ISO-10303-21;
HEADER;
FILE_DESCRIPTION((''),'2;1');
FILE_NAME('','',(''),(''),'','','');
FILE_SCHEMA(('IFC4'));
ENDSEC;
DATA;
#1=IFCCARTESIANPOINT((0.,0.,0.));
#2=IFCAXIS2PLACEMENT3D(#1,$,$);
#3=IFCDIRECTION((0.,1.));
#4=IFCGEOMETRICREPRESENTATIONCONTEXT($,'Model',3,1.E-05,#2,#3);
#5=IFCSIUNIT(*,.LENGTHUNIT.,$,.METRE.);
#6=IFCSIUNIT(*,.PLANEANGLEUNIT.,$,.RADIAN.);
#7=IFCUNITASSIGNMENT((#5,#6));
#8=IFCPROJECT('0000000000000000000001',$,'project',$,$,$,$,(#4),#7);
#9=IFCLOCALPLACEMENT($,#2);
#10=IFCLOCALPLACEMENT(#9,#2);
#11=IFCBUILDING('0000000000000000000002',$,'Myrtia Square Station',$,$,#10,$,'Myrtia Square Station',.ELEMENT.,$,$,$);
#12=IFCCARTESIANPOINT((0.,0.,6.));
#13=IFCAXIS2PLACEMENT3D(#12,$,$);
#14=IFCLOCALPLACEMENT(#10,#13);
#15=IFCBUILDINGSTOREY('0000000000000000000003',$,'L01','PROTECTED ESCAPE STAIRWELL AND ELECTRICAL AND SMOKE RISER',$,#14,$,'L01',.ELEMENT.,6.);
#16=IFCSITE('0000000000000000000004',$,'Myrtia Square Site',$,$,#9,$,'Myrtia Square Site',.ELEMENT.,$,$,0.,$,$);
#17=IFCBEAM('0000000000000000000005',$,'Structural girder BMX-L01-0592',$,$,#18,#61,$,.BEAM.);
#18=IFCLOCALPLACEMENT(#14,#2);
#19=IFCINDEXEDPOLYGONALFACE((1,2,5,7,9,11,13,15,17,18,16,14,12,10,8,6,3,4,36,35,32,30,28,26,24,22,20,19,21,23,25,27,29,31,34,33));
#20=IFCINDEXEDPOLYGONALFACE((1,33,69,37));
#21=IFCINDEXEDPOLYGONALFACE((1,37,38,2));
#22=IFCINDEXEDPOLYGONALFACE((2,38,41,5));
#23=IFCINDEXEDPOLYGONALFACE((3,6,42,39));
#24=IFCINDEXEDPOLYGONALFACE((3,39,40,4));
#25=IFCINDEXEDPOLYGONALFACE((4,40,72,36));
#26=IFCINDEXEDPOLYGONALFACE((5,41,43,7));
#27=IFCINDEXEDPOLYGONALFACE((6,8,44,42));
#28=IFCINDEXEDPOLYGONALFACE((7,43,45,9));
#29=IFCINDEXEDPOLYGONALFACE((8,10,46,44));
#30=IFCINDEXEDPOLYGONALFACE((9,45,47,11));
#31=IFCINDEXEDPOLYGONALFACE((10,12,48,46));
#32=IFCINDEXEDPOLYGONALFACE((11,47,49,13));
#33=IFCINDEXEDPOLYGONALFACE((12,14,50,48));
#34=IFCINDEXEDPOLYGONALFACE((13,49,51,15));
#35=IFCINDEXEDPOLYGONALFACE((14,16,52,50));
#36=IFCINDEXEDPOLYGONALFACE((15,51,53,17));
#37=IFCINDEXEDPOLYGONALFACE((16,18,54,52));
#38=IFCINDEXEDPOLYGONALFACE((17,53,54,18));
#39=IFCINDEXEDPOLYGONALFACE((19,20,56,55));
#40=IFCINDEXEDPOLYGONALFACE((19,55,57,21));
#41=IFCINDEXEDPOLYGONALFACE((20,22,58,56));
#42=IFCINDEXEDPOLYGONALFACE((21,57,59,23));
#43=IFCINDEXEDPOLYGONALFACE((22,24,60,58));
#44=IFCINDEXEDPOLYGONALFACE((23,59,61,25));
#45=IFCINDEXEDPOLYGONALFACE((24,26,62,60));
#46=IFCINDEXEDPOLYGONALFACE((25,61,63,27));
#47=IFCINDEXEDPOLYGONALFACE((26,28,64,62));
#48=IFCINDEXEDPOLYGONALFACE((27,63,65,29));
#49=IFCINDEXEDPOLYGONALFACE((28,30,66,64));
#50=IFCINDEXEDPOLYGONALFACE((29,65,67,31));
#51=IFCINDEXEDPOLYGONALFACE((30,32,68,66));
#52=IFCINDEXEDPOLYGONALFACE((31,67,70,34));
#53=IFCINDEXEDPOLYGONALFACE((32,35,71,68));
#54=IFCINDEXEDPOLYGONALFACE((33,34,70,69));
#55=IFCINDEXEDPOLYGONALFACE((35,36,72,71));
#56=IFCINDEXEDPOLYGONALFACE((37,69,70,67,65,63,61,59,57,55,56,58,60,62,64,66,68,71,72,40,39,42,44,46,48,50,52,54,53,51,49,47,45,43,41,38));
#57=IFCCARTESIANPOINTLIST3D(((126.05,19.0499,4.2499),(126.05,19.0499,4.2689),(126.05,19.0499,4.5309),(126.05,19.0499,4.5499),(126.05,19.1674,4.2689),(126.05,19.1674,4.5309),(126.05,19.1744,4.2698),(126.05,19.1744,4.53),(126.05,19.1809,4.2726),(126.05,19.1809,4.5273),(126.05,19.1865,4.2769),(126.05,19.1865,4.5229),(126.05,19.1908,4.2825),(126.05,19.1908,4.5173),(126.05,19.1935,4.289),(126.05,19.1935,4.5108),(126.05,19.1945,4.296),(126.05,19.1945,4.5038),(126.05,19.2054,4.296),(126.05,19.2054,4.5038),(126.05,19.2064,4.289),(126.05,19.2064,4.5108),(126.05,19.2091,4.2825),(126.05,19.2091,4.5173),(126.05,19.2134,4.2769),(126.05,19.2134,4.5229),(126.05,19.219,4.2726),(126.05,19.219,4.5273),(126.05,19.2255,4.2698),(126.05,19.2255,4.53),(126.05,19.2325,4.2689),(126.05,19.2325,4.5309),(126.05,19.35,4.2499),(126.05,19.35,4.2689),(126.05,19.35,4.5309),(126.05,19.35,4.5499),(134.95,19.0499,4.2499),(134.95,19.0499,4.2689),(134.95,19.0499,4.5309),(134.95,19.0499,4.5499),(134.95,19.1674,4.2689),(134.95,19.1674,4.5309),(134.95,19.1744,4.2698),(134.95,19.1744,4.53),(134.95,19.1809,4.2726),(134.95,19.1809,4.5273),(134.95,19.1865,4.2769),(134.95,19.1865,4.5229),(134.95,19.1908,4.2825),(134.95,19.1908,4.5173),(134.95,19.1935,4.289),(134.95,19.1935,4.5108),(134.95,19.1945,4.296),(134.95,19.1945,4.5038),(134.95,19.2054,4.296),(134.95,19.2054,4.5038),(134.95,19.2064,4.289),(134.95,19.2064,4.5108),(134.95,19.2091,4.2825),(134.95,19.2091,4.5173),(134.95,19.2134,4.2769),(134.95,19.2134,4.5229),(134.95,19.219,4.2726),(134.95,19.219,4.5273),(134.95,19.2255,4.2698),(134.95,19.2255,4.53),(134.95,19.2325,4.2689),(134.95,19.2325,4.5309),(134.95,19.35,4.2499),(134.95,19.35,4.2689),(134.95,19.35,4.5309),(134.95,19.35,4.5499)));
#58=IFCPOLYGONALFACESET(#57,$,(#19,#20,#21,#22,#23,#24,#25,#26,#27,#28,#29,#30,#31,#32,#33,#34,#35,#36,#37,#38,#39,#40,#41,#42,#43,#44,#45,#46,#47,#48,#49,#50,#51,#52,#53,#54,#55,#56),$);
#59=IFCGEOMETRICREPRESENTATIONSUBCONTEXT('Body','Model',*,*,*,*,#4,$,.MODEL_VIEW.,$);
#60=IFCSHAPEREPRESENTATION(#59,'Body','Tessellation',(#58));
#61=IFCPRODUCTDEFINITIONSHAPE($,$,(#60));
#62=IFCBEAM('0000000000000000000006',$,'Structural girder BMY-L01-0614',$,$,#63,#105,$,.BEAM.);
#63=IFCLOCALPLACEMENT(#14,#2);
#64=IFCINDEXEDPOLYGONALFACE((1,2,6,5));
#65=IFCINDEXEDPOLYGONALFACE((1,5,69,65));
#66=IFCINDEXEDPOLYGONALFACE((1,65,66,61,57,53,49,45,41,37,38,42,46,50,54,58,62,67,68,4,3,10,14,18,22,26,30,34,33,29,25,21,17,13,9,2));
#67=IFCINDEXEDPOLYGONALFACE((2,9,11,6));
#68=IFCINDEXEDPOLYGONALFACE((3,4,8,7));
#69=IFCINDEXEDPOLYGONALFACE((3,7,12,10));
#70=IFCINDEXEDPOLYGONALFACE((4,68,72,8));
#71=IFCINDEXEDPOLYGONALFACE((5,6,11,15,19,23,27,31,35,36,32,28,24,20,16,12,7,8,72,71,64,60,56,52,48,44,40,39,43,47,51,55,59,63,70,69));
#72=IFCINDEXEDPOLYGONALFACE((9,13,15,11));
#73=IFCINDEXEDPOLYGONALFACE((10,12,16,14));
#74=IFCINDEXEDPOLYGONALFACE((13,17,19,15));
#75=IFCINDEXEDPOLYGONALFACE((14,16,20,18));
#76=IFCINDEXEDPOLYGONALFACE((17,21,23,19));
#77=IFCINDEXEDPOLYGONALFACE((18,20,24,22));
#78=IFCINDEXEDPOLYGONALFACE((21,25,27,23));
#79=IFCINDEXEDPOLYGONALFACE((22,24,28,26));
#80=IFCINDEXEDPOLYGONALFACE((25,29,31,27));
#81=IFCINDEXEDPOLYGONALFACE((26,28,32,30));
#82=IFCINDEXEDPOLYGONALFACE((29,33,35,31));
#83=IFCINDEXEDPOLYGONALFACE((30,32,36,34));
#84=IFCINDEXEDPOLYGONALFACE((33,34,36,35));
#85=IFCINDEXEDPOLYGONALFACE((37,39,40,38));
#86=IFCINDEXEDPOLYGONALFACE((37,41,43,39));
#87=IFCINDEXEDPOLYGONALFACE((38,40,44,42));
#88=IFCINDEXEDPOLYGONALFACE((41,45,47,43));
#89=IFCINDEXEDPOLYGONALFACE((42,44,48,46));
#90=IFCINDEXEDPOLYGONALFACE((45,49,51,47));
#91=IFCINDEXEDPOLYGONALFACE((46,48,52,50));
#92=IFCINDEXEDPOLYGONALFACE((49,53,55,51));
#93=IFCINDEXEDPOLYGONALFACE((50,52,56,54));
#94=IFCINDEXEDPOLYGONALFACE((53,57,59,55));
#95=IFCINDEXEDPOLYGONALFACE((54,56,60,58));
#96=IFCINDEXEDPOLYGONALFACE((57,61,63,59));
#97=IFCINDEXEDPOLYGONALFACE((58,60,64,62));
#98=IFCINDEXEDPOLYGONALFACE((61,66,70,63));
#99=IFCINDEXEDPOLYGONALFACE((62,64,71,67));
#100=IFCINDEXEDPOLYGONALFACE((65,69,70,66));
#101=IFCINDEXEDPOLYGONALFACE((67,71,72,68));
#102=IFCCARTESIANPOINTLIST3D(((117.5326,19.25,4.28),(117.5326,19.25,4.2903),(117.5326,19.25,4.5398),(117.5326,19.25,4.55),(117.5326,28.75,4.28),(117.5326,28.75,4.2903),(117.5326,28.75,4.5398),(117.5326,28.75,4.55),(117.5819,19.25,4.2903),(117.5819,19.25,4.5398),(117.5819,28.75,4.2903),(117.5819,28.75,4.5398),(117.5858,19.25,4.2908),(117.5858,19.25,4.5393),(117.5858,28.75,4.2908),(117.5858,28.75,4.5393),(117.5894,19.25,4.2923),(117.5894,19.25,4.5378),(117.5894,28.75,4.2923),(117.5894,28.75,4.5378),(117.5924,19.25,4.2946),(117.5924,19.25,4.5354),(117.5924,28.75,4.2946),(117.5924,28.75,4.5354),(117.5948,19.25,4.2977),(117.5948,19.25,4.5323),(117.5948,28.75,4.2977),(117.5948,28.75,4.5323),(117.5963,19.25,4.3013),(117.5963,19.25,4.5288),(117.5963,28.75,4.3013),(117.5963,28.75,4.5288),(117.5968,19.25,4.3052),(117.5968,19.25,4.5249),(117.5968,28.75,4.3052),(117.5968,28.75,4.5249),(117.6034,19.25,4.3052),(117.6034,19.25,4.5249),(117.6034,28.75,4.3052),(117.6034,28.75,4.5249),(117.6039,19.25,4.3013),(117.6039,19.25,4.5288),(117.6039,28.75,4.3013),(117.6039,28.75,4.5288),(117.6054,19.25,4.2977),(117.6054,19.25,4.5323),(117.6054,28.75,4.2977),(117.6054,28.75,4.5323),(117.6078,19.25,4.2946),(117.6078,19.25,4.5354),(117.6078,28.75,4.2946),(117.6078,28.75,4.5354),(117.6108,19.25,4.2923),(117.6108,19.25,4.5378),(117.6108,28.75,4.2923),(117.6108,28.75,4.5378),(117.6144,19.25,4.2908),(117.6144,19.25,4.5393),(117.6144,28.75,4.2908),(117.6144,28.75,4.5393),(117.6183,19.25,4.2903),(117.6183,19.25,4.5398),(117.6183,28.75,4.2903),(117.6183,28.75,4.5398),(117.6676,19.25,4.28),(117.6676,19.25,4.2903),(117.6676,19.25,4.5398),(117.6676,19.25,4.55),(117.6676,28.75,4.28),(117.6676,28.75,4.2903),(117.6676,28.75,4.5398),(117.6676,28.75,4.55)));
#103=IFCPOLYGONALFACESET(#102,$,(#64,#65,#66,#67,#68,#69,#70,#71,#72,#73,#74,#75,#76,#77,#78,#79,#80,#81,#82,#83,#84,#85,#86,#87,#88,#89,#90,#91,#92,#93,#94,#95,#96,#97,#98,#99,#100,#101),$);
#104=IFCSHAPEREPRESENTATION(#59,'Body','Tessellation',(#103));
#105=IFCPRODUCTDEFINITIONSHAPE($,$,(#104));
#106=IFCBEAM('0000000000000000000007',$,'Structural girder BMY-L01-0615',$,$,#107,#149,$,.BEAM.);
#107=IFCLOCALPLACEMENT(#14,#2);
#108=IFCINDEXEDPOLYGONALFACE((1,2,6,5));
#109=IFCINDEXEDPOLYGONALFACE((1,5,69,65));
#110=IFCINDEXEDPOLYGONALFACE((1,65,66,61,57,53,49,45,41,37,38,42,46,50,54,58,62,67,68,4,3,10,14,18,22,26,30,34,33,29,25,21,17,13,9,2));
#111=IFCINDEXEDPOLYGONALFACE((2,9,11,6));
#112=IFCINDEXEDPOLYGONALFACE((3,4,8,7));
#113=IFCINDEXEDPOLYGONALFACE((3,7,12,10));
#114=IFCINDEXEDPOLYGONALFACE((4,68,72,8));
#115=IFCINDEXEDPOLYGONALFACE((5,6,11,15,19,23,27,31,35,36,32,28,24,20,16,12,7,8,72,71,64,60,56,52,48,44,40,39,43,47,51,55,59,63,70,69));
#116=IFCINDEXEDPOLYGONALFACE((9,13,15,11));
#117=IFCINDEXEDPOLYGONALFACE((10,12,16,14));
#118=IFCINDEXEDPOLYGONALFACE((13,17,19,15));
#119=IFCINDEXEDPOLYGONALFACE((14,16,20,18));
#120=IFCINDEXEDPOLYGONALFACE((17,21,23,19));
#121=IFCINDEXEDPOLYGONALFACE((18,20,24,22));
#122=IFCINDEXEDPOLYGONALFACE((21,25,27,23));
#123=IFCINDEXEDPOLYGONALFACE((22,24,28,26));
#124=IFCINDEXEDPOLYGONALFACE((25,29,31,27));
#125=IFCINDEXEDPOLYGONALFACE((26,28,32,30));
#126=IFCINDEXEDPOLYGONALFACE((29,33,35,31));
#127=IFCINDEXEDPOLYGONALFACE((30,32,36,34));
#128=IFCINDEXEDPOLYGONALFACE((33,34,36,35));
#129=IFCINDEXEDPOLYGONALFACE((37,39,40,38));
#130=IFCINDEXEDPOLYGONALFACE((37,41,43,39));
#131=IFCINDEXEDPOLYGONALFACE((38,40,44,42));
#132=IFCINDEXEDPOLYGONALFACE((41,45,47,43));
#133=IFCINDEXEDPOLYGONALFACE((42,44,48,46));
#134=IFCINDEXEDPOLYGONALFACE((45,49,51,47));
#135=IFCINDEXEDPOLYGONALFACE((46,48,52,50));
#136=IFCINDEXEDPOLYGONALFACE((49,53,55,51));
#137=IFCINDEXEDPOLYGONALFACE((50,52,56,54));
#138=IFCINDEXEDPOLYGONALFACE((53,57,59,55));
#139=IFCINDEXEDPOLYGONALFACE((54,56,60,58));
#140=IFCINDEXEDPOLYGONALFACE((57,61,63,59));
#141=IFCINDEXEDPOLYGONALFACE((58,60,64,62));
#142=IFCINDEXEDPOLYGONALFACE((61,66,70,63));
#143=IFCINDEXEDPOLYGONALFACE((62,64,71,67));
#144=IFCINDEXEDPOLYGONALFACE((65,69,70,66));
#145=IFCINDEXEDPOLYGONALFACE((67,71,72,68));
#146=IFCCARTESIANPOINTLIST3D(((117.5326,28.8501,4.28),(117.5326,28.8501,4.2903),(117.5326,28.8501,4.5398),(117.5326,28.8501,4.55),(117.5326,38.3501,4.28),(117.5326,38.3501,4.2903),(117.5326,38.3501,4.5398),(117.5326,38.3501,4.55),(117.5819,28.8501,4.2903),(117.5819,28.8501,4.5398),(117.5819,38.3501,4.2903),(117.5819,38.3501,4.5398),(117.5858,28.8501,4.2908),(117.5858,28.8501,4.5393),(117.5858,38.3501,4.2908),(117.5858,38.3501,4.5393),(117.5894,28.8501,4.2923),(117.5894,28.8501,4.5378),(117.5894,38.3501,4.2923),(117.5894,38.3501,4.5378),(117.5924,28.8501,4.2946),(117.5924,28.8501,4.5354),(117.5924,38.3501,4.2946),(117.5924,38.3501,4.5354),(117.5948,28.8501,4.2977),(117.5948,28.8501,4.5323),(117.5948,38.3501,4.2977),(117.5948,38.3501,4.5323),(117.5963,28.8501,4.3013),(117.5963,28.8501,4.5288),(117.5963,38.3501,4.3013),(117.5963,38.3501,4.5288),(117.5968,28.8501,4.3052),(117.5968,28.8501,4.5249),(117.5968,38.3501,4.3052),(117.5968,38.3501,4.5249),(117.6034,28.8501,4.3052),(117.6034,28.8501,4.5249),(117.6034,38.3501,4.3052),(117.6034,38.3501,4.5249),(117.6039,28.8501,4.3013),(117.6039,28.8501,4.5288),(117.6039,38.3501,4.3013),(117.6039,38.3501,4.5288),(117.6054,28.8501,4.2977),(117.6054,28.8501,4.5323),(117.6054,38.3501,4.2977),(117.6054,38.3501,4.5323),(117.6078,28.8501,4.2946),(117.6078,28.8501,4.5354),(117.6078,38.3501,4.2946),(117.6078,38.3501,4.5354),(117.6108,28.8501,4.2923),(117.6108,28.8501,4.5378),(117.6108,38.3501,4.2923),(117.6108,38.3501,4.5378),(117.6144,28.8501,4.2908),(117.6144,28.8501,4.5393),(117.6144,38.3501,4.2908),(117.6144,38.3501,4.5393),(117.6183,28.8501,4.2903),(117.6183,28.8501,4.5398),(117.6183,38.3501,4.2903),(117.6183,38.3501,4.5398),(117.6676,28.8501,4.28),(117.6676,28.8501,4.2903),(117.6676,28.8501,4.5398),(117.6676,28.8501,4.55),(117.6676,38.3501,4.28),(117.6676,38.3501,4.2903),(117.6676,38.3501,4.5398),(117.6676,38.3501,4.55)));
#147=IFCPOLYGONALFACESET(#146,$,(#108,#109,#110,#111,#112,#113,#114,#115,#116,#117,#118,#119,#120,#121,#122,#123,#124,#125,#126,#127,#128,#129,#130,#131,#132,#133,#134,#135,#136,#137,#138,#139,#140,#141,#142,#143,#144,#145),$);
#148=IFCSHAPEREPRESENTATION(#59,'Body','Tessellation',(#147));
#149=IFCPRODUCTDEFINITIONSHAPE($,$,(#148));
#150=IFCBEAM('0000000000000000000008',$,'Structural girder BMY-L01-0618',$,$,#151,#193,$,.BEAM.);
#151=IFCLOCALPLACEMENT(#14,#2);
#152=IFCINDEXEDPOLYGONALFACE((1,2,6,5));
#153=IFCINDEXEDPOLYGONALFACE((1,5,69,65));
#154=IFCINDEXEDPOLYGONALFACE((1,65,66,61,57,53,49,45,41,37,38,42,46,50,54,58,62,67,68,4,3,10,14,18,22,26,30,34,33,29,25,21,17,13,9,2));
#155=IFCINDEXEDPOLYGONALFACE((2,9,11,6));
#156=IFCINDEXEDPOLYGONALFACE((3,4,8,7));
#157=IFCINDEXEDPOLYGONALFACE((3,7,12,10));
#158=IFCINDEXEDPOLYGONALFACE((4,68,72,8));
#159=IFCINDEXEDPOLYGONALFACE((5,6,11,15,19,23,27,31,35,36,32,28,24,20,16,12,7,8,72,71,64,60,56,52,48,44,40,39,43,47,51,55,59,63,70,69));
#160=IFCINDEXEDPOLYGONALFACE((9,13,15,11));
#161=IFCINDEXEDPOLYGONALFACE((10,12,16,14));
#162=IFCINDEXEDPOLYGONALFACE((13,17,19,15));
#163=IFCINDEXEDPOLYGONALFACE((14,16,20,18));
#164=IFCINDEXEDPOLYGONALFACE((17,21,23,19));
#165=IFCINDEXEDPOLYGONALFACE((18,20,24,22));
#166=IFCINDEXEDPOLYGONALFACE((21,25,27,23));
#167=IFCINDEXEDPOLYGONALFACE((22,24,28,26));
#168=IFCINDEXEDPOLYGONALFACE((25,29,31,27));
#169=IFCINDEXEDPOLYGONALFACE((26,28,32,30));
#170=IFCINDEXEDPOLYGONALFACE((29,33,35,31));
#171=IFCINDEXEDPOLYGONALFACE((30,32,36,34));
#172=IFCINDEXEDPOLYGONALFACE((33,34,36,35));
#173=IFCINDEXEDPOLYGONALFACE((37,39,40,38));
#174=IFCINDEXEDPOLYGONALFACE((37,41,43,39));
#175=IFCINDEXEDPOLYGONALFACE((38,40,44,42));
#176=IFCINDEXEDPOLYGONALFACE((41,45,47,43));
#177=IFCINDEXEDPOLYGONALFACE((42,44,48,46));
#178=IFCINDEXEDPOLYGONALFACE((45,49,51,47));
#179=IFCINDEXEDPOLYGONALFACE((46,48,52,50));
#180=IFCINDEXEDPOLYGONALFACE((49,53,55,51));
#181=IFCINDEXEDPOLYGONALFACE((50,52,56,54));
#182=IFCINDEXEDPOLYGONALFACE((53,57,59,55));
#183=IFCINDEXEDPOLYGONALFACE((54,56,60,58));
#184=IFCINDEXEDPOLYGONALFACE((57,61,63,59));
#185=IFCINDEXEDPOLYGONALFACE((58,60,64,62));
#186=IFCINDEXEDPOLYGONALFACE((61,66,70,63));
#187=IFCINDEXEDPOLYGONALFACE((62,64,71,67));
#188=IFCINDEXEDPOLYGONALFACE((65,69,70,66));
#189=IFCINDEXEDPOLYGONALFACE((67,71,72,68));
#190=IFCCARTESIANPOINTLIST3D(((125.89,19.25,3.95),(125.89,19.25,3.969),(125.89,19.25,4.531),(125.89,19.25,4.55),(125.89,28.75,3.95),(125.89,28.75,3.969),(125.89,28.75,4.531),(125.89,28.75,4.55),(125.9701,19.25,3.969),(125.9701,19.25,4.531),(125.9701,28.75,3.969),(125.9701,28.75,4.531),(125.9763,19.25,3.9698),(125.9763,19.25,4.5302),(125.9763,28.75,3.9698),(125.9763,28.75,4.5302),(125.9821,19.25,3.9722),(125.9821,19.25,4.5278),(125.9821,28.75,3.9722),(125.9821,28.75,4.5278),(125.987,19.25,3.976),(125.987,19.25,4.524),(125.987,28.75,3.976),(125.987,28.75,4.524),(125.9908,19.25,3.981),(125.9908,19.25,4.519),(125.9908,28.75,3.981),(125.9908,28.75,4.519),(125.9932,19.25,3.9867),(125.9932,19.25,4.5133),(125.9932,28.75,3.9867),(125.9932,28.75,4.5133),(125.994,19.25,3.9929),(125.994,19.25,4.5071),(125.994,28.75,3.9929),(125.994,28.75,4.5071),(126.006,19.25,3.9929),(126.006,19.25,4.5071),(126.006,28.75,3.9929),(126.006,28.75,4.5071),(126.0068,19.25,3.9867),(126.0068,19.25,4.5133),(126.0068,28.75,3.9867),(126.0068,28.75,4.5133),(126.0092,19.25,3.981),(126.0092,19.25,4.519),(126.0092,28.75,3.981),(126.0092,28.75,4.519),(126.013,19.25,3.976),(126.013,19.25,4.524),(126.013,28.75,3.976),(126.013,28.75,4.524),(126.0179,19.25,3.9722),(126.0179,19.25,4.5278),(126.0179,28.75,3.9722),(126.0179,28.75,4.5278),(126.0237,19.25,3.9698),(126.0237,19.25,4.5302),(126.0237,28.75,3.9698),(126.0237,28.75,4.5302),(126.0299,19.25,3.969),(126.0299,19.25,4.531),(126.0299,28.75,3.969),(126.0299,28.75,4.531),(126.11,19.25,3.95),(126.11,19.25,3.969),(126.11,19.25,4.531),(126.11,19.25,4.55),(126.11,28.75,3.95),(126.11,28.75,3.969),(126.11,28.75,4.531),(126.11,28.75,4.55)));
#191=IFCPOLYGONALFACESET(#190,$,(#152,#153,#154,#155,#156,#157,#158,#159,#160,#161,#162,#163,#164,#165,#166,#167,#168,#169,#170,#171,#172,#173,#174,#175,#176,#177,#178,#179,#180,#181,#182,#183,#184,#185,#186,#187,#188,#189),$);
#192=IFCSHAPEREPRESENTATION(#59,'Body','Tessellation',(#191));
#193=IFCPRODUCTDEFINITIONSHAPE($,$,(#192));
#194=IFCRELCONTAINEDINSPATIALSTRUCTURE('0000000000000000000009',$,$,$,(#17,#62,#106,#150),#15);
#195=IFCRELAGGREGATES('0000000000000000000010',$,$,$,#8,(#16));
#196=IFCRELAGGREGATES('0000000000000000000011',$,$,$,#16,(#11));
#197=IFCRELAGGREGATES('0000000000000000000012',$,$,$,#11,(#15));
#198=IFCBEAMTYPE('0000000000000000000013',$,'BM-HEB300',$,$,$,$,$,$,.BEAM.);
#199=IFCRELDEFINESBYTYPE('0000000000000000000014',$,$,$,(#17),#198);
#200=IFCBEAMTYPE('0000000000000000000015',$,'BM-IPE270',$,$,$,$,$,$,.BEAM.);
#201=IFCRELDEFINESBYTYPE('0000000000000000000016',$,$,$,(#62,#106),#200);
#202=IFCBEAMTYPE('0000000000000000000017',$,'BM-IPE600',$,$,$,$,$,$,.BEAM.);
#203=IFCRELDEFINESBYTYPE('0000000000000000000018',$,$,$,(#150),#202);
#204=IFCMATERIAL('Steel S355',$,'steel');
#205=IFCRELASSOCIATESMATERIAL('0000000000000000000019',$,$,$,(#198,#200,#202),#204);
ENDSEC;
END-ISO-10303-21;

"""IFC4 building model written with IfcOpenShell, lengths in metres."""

from ifc_helpers import new_model, si_unit, direction, frame, origin, origin_2d, place, context, subcontext, project, spatial, i_section, extrude, material, material_profile, profile_set, type_object, element, save


model = new_model("IFC4")

# Units and contexts
model_context = context("Model", 3, precision=1e-05, world=origin(), true_north=direction((0.0, 1.0)))
body_context = subcontext(model_context, "Body", "Model", "MODEL_VIEW")
ifc_project = project(units=[si_unit("LENGTHUNIT", "METRE"), si_unit("PLANEANGLEUNIT", "RADIAN")], contexts=[model_context])

# Site, building, storey
site_placement = place(None, origin())
site = spatial("IfcSite", under=ifc_project, at=site_placement, Name="Myrtia Square Site", LongName="Myrtia Square Site", CompositionType="ELEMENT", RefElevation=0.0)
building_placement = place(site_placement, origin())
building = spatial("IfcBuilding", under=site, at=building_placement, Name="Myrtia Square Station", LongName="Myrtia Square Station", CompositionType="ELEMENT")
storey_placement = place(building_placement, frame((0.0, 0.0, 6.0)))
storey = spatial("IfcBuildingStorey", under=building, at=storey_placement, Name="L01", Description="PROTECTED ESCAPE STAIRWELL AND ELECTRICAL AND SMOKE RISER", LongName="L01", CompositionType="ELEMENT", Elevation=6.0)

# Shared definitions
ifc_material_1 = material(Name="Steel S355", Category="steel")

# Beams
ifc_material_profile_1 = material_profile(ifc_material_1, i_section(OverallWidth=0.3, OverallDepth=0.3, WebThickness=0.011, FlangeThickness=0.019, FilletRadius=0.0271, at=origin_2d()), Name="HEB 300")
ifc_profile_set_1 = profile_set([ifc_material_profile_1], Name="Steel S355")
beam_type_1 = type_object("IfcBeamType", Name="BM-HEB300", PredefinedType="BEAM", material=ifc_profile_set_1)
beam_1_placement = place(storey_placement, frame((126.05, 19.2, 4.3999), z_axis=(1.0, 0.0, 0.0), x_axis=(0.0, 1.0, 0.0)))
element("IfcBeam", 1, at=beam_1_placement, inside=storey, type_object=beam_type_1, Name="Structural girder BMX-L01-0592", PredefinedType="BEAM", context=body_context, shape_type="SweptSolid", body=[
    extrude(i_section(OverallWidth=0.3, OverallDepth=0.3, WebThickness=0.011, FlangeThickness=0.019, FilletRadius=0.0271, at=origin_2d()), origin(), (0.0, 0.0, 1.0), 8.8999),
])
ifc_material_profile_2 = material_profile(ifc_material_1, i_section(OverallWidth=0.135, OverallDepth=0.27, WebThickness=0.0066, FlangeThickness=0.0103, FilletRadius=0.0149, at=origin_2d()), Name="IPE 270")
ifc_profile_set_2 = profile_set([ifc_material_profile_2], Name="Steel S355")
beam_type_2 = type_object("IfcBeamType", Name="BM-IPE270", PredefinedType="BEAM", material=ifc_profile_set_2)
for number, where, z_axis, x_axis, name in (
    (2, (117.6001, 19.25, 4.415), (0.0, 1.0, 0.0), (-1.0, 0.0, 0.0), "Structural girder BMY-L01-0614"),
    (3, (117.6001, 28.8501, 4.415), (0.0, 1.0, 0.0), (-1.0, 0.0, 0.0), "Structural girder BMY-L01-0615"),
):
    element("IfcBeam", number, at=place(storey_placement, frame(where, z_axis=z_axis, x_axis=x_axis)), inside=storey, type_object=beam_type_2, Name=name, PredefinedType="BEAM", context=body_context, shape_type="SweptSolid", body=[
        extrude(i_section(OverallWidth=0.135, OverallDepth=0.27, WebThickness=0.0066, FlangeThickness=0.0103, FilletRadius=0.0149, at=origin_2d()), origin(), (0.0, 0.0, 1.0), 9.5),
    ])
ifc_material_profile_3 = material_profile(ifc_material_1, i_section(OverallWidth=0.22, OverallDepth=0.6001, WebThickness=0.012, FlangeThickness=0.019, FilletRadius=0.0239, at=origin_2d()), Name="IPE 600")
ifc_profile_set_3 = profile_set([ifc_material_profile_3], Name="Steel S355")
beam_type_3 = type_object("IfcBeamType", Name="BM-IPE600", PredefinedType="BEAM", material=ifc_profile_set_3)
for number, where, z_axis, x_axis, name in (
    (4, (126.0, 19.25, 4.25), (0.0, 1.0, 0.0), (-1.0, 0.0, 0.0), "Structural girder BMY-L01-0618"),
):
    element("IfcBeam", number, at=place(storey_placement, frame(where, z_axis=z_axis, x_axis=x_axis)), inside=storey, type_object=beam_type_3, Name=name, PredefinedType="BEAM", context=body_context, shape_type="SweptSolid", body=[
        extrude(i_section(OverallWidth=0.22, OverallDepth=0.6001, WebThickness=0.012, FlangeThickness=0.019, FilletRadius=0.0239, at=origin_2d()), origin(), (0.0, 0.0, 1.0), 9.5),
    ])

save(model, "model.ifc")
